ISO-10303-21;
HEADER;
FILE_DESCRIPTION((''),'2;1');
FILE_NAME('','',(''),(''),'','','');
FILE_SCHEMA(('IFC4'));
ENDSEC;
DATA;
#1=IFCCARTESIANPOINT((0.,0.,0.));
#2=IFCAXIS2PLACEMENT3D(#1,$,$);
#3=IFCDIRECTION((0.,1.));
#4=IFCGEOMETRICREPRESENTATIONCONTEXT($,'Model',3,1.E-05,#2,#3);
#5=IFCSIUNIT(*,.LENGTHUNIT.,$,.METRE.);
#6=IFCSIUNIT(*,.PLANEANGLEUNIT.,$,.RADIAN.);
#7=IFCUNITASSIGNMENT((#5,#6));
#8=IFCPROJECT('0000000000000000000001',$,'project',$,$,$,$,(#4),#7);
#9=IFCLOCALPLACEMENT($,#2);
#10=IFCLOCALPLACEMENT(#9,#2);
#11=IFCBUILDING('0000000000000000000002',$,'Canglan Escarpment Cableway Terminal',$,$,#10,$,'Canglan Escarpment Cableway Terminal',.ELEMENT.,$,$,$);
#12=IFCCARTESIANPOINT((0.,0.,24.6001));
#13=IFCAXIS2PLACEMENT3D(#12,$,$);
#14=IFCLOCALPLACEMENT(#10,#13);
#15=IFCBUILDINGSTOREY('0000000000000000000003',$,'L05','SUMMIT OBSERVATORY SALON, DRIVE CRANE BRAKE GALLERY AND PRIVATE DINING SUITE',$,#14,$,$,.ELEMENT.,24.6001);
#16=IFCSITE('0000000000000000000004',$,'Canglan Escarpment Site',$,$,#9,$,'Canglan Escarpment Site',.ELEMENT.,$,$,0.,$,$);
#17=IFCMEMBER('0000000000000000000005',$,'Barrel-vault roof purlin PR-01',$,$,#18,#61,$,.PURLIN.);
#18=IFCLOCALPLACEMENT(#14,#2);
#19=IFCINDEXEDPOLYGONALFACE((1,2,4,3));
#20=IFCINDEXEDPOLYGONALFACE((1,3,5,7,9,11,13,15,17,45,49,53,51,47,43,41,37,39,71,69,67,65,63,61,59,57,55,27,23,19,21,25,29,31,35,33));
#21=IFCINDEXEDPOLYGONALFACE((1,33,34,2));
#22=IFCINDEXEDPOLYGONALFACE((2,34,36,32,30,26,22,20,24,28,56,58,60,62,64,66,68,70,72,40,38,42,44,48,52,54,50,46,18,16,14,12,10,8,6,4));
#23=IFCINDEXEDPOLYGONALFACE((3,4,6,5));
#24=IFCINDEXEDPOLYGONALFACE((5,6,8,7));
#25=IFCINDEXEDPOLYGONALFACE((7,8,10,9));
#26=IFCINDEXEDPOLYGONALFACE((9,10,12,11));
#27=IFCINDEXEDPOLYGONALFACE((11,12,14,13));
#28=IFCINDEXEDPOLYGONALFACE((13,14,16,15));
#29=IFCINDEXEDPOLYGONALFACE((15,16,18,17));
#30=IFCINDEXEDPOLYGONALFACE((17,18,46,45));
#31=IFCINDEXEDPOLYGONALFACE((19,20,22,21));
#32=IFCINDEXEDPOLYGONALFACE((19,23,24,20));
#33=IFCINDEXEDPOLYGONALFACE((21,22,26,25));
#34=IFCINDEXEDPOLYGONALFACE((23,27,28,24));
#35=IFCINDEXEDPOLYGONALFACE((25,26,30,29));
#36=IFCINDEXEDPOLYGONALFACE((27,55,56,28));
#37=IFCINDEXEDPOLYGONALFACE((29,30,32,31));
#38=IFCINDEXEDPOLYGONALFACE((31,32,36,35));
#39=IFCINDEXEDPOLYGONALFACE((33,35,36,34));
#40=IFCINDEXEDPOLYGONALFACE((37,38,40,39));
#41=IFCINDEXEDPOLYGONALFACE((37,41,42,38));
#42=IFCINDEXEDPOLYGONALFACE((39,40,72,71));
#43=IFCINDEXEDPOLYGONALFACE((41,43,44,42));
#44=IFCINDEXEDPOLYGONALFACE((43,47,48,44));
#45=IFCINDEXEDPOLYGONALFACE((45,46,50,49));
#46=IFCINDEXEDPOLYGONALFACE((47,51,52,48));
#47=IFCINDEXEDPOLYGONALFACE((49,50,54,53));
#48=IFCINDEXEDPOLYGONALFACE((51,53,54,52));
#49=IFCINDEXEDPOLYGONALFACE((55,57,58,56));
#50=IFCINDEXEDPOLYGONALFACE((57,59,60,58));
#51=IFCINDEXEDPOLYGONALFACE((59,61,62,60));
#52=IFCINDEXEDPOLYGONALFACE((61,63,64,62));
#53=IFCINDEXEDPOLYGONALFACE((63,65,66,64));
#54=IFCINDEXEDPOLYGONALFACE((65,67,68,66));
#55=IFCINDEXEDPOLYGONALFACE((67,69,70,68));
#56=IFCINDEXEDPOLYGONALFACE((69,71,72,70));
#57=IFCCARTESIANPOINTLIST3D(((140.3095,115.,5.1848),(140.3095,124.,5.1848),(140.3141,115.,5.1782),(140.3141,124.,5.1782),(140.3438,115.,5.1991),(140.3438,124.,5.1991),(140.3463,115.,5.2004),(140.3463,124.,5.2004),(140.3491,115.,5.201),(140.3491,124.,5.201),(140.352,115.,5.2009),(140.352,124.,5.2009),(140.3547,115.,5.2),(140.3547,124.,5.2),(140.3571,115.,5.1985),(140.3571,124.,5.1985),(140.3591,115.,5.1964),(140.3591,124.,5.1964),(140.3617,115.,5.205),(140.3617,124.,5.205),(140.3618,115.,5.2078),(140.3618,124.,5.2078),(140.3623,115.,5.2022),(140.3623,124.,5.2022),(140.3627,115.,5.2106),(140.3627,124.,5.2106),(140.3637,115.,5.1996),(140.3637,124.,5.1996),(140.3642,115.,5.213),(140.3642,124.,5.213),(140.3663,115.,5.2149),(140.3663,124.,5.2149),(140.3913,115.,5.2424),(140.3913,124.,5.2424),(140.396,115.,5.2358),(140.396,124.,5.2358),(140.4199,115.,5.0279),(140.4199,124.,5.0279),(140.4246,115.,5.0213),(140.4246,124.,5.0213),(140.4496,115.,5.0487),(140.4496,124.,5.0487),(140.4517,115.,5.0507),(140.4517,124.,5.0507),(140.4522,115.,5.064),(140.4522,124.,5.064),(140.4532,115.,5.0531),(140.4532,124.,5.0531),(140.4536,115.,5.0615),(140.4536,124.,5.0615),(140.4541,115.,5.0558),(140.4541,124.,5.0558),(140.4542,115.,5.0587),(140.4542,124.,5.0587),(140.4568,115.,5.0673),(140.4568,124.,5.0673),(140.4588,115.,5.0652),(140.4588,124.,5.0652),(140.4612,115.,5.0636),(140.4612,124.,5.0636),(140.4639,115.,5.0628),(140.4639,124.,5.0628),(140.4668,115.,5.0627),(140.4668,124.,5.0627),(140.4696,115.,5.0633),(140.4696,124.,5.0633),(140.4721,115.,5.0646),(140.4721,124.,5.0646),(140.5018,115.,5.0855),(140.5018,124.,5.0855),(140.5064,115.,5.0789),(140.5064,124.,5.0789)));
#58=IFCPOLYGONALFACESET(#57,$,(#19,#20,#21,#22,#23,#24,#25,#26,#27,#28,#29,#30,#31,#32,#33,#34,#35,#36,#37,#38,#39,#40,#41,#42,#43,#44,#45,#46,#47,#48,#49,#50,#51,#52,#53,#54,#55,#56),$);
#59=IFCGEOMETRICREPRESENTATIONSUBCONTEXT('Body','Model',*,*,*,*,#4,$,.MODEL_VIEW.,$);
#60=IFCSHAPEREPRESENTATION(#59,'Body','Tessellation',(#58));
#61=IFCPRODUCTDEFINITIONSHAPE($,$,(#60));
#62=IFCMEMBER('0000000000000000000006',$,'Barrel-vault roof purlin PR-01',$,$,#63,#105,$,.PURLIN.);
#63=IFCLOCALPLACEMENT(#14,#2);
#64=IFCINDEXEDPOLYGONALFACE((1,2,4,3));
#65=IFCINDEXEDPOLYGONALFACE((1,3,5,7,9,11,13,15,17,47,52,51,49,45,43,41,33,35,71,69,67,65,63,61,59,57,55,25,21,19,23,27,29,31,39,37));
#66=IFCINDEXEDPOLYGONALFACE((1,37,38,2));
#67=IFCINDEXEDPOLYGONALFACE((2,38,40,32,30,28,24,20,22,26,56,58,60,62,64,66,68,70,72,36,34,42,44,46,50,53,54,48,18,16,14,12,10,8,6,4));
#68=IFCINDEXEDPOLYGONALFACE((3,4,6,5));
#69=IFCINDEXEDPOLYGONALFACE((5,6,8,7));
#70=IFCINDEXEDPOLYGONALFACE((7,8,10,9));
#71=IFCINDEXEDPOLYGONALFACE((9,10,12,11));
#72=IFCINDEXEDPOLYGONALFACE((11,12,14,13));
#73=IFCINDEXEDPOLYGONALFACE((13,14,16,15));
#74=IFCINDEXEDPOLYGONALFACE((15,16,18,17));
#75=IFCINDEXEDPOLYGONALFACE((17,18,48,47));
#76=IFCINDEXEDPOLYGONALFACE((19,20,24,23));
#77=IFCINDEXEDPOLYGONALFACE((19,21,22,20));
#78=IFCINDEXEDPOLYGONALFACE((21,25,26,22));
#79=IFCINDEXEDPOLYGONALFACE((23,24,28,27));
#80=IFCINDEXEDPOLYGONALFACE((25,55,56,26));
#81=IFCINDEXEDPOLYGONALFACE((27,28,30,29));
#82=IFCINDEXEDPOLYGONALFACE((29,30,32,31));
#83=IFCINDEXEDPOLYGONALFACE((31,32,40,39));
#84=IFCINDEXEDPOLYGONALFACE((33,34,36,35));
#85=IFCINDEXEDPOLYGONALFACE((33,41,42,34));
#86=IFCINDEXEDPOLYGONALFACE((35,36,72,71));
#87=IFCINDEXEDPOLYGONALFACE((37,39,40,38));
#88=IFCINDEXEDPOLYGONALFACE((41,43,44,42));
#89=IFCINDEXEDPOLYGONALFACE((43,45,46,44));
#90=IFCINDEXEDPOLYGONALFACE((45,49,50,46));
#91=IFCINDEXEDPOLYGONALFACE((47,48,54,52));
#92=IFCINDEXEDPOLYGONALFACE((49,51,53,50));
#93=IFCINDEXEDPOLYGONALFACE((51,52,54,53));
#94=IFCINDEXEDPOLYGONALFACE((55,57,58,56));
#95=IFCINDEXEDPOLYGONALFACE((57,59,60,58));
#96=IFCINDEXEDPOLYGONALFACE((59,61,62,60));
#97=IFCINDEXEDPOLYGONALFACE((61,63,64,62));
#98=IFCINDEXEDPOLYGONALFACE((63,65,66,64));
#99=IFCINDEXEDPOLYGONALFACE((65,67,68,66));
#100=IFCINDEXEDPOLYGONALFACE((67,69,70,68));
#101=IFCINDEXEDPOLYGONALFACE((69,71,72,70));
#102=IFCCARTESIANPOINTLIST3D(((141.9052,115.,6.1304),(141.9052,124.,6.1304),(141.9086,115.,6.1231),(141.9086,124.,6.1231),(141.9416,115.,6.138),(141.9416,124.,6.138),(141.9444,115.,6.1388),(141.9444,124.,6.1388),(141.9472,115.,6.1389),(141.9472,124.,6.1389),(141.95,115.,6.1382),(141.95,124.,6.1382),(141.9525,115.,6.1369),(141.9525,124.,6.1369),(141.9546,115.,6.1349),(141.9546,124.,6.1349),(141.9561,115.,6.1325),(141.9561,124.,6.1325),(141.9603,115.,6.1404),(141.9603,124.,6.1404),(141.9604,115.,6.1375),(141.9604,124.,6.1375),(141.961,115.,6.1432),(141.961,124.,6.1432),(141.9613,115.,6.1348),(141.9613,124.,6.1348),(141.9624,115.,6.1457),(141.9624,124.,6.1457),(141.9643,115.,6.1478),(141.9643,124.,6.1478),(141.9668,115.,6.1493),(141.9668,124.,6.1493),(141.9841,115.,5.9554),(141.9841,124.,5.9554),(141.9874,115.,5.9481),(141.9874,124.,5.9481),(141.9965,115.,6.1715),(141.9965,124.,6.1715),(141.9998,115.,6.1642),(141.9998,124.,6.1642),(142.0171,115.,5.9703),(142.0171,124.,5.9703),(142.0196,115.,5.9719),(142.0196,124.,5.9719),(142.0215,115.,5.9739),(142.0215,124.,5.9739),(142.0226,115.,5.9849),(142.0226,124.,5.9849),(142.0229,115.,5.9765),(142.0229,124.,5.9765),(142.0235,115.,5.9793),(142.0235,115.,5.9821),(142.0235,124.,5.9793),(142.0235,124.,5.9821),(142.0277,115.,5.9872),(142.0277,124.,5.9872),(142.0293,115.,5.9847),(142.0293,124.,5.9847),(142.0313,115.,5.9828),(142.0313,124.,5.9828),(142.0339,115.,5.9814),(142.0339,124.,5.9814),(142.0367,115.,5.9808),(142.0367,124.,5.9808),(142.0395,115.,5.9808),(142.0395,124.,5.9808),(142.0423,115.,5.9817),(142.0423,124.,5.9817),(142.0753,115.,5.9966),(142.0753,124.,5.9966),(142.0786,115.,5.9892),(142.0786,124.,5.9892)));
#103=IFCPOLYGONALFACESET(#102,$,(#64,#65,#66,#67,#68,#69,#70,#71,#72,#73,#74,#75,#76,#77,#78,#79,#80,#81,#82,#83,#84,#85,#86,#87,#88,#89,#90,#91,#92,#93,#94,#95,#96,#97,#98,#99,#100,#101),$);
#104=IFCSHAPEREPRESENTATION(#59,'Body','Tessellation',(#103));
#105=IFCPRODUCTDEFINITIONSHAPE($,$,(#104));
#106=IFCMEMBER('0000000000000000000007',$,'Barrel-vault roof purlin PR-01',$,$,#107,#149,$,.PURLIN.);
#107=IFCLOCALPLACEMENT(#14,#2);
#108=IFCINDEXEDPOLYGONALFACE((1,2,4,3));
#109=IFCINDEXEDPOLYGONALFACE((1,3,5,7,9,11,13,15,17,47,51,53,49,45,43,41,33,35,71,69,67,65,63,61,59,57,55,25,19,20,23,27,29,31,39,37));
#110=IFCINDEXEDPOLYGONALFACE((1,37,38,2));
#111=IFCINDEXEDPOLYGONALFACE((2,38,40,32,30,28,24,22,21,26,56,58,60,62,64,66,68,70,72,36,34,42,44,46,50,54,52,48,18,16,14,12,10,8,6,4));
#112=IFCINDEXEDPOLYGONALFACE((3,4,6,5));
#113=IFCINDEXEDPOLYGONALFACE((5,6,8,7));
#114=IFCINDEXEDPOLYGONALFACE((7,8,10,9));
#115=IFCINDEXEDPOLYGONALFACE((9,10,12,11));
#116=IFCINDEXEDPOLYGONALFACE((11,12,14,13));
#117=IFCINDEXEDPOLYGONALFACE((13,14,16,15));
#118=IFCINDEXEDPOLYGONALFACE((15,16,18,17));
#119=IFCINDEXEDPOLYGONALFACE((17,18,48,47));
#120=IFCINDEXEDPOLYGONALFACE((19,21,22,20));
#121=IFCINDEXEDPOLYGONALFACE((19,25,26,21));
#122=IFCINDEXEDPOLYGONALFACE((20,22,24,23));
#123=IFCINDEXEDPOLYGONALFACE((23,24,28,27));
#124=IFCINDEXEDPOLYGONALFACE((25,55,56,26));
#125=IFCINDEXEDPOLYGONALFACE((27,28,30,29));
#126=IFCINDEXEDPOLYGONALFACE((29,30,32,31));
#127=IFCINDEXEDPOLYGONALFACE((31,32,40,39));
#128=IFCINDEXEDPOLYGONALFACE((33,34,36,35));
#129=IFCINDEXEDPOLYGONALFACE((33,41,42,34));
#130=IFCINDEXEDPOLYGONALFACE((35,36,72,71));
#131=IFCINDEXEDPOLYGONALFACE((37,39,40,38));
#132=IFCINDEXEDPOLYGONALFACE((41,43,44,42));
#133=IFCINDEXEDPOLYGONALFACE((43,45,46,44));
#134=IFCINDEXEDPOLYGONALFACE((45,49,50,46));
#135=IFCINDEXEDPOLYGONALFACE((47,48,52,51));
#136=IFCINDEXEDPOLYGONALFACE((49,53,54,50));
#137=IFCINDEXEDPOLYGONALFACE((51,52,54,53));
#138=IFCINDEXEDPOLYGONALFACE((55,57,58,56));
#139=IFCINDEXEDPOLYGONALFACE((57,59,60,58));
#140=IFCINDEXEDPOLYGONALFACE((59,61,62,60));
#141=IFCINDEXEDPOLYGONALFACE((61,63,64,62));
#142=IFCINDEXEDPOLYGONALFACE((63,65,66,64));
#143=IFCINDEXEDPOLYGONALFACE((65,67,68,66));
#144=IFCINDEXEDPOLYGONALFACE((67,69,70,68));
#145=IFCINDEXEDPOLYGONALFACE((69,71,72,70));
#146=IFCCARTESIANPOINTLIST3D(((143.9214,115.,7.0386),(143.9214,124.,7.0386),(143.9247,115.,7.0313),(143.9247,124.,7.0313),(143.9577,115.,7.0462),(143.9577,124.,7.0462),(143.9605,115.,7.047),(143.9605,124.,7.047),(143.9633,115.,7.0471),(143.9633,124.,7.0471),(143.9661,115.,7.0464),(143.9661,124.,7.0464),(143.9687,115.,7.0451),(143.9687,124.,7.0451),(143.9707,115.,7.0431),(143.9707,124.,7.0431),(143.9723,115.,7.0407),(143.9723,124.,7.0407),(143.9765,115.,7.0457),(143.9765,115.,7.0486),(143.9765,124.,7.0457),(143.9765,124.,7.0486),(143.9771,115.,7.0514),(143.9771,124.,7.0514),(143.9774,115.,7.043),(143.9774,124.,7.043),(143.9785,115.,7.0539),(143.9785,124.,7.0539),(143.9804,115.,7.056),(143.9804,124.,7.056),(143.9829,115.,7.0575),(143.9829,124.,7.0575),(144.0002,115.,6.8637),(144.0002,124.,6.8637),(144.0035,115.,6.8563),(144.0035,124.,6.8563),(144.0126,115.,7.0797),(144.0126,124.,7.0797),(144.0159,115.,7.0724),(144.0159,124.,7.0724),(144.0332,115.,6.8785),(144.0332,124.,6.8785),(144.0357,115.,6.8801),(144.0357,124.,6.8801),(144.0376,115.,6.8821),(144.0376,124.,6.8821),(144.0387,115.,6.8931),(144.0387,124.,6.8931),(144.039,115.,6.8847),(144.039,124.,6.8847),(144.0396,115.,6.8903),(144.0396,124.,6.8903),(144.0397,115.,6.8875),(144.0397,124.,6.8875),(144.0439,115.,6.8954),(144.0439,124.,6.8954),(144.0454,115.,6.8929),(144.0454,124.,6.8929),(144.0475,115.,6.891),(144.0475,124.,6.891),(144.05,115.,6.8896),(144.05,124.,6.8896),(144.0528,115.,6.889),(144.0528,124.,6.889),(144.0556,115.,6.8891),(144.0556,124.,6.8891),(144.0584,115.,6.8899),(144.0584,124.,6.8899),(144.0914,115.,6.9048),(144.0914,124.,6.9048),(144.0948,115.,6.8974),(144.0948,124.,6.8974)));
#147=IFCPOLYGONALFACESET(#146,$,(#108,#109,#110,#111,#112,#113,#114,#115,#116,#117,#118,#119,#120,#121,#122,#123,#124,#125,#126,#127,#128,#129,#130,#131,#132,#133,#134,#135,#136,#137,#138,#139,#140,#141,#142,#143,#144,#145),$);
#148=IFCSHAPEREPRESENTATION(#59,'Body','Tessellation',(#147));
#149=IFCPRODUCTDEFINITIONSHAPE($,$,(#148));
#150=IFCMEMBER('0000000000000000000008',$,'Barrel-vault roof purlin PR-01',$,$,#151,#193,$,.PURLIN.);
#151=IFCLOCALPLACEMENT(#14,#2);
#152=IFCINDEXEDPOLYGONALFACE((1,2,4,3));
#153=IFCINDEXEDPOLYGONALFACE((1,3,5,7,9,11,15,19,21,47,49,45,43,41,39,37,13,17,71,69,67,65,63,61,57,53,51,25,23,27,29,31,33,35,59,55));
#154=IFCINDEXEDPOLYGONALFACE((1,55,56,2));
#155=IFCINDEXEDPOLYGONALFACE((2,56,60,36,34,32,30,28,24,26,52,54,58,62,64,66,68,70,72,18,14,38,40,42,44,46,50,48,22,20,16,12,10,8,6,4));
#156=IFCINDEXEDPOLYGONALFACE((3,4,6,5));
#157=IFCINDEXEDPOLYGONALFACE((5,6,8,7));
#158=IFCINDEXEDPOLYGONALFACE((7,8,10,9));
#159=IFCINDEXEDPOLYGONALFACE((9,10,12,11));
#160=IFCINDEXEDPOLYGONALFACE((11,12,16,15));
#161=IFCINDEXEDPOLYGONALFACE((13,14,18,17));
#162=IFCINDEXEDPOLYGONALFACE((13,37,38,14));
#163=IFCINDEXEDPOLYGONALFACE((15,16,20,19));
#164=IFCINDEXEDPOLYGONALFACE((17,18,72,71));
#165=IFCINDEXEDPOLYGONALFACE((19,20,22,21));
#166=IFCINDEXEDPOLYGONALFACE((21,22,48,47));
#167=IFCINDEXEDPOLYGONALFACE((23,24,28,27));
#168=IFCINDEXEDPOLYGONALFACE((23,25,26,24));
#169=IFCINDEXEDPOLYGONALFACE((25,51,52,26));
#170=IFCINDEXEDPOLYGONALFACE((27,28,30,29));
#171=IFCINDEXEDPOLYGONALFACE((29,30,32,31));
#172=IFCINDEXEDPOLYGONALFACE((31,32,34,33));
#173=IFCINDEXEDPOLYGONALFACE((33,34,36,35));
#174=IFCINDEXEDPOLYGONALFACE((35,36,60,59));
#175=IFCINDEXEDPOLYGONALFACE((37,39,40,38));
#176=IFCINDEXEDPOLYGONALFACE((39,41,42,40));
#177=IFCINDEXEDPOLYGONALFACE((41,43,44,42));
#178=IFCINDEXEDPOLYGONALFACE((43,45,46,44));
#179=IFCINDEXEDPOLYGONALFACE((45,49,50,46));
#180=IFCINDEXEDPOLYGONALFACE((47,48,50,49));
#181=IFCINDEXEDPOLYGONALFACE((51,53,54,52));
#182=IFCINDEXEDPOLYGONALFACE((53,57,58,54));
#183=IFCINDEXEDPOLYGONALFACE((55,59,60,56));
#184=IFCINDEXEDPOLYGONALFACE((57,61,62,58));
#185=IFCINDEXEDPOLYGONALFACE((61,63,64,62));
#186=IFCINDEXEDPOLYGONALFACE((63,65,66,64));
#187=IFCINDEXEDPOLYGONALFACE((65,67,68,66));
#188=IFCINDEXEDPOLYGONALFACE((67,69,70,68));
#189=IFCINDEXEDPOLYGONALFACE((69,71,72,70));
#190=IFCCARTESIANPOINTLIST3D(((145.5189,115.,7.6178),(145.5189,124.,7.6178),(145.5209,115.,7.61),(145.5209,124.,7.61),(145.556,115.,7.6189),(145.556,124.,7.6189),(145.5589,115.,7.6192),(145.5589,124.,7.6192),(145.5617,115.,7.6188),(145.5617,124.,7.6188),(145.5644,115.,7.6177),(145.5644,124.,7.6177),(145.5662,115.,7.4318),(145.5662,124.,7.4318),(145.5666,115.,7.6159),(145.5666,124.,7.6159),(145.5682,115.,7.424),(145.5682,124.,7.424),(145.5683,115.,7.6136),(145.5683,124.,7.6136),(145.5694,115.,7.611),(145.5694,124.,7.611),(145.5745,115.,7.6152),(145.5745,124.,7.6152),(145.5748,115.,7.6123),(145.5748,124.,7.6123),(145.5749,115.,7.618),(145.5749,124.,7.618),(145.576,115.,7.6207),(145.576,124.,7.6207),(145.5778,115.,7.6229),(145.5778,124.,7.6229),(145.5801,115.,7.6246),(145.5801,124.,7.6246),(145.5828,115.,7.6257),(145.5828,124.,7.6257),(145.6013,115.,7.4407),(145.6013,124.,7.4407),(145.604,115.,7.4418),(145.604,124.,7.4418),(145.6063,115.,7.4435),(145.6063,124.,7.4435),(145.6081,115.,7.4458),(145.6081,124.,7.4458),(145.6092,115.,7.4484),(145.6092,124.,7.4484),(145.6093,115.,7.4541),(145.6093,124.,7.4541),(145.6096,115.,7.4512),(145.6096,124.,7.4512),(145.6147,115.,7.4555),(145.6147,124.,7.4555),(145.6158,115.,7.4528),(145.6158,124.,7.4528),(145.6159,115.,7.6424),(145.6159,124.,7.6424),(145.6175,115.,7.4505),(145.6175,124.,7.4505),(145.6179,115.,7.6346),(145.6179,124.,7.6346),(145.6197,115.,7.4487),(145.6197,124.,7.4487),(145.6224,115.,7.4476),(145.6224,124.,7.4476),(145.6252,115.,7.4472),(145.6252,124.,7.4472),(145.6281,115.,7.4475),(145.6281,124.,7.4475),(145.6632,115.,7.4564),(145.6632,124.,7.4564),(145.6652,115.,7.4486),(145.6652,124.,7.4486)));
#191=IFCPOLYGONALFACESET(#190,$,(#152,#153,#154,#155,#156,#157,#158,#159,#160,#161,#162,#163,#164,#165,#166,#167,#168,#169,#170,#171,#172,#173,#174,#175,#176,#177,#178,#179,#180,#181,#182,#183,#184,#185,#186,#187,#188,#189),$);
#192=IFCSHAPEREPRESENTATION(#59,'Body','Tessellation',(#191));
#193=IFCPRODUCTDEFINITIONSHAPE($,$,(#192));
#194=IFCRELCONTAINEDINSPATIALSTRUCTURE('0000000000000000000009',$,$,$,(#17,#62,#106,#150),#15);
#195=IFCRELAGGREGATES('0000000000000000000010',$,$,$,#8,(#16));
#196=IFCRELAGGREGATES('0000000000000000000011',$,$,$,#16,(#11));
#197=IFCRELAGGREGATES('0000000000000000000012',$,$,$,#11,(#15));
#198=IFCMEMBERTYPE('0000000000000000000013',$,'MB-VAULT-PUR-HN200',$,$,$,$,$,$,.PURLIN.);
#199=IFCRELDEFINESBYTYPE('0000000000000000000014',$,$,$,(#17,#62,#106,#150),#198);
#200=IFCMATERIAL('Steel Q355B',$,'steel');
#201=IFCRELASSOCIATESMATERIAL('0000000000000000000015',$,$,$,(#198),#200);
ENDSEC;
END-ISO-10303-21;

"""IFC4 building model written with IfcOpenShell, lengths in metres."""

from ifc_helpers import new_model, si_unit, direction, frame, origin, origin_2d, place, context, subcontext, project, spatial, i_section, extrude, material, material_profile, profile_set, type_object, element, save


model = new_model("IFC4")

# Units and contexts
model_context = context("Model", 3, precision=1e-05, world=origin(), true_north=direction((0.0, 1.0)))
body_context = subcontext(model_context, "Body", "Model", "MODEL_VIEW")
ifc_project = project(units=[si_unit("LENGTHUNIT", "METRE"), si_unit("PLANEANGLEUNIT", "RADIAN")], contexts=[model_context])

# Site, building, storey
site_placement = place(None, origin())
site = spatial("IfcSite", under=ifc_project, at=site_placement, Name="Canglan Escarpment Site", LongName="Canglan Escarpment Site", CompositionType="ELEMENT", RefElevation=0.0)
building_placement = place(site_placement, origin())
building = spatial("IfcBuilding", under=site, at=building_placement, Name="Canglan Escarpment Cableway Terminal", LongName="Canglan Escarpment Cableway Terminal", CompositionType="ELEMENT")
storey_placement = place(building_placement, frame((0.0, 0.0, 24.6001)))
storey = spatial("IfcBuildingStorey", under=building, at=storey_placement, Name="L05", Description="SUMMIT OBSERVATORY SALON, DRIVE CRANE BRAKE GALLERY AND PRIVATE DINING SUITE", CompositionType="ELEMENT", Elevation=24.6001)

# Shared definitions
ifc_material_1 = material(Name="Steel Q355B", Category="steel")

# Members
ifc_material_profile_1 = material_profile(ifc_material_1, i_section(OverallWidth=0.1001, OverallDepth=0.2, WebThickness=0.0056, FlangeThickness=0.0081, FilletRadius=0.011, at=origin_2d()), Name="HN 200x100x5.5x8")
ifc_profile_set_1 = profile_set([ifc_material_profile_1], Name="Steel Q355B")
member_type_1 = type_object("IfcMemberType", Name="MB-VAULT-PUR-HN200", PredefinedType="PURLIN", material=ifc_profile_set_1)
for number, where, z_axis, x_axis, name in (
    (1, (140.408, 115.0, 5.1318), (0.0, 1.0, 0.0), (-0.817728, 0.0, -0.575605), "Barrel-vault roof purlin PR-01"),
    (2, (141.9919, 115.0, 6.0598), (0.0, 1.0, 0.0), (-0.911741, 0.0, -0.410767), "Barrel-vault roof purlin PR-01"),
    (3, (144.0081, 115.0, 6.968), (0.0, 1.0, 0.0), (-0.911741, 0.0, -0.410767), "Barrel-vault roof purlin PR-01"),
    (4, (145.592, 115.0, 7.5332), (0.0, 1.0, 0.0), (-0.969184, 0.0, -0.246339), "Barrel-vault roof purlin PR-01"),
):
    element("IfcMember", number, at=place(storey_placement, frame(where, z_axis=z_axis, x_axis=x_axis)), inside=storey, type_object=member_type_1, Name=name, PredefinedType="PURLIN", context=body_context, shape_type="SweptSolid", body=[
        extrude(i_section(OverallWidth=0.1001, OverallDepth=0.2, WebThickness=0.0056, FlangeThickness=0.0081, FilletRadius=0.011, at=origin_2d()), origin(), (0.0, 0.0, 1.0), 9.0),
    ])

save(model, "model.ifc")
